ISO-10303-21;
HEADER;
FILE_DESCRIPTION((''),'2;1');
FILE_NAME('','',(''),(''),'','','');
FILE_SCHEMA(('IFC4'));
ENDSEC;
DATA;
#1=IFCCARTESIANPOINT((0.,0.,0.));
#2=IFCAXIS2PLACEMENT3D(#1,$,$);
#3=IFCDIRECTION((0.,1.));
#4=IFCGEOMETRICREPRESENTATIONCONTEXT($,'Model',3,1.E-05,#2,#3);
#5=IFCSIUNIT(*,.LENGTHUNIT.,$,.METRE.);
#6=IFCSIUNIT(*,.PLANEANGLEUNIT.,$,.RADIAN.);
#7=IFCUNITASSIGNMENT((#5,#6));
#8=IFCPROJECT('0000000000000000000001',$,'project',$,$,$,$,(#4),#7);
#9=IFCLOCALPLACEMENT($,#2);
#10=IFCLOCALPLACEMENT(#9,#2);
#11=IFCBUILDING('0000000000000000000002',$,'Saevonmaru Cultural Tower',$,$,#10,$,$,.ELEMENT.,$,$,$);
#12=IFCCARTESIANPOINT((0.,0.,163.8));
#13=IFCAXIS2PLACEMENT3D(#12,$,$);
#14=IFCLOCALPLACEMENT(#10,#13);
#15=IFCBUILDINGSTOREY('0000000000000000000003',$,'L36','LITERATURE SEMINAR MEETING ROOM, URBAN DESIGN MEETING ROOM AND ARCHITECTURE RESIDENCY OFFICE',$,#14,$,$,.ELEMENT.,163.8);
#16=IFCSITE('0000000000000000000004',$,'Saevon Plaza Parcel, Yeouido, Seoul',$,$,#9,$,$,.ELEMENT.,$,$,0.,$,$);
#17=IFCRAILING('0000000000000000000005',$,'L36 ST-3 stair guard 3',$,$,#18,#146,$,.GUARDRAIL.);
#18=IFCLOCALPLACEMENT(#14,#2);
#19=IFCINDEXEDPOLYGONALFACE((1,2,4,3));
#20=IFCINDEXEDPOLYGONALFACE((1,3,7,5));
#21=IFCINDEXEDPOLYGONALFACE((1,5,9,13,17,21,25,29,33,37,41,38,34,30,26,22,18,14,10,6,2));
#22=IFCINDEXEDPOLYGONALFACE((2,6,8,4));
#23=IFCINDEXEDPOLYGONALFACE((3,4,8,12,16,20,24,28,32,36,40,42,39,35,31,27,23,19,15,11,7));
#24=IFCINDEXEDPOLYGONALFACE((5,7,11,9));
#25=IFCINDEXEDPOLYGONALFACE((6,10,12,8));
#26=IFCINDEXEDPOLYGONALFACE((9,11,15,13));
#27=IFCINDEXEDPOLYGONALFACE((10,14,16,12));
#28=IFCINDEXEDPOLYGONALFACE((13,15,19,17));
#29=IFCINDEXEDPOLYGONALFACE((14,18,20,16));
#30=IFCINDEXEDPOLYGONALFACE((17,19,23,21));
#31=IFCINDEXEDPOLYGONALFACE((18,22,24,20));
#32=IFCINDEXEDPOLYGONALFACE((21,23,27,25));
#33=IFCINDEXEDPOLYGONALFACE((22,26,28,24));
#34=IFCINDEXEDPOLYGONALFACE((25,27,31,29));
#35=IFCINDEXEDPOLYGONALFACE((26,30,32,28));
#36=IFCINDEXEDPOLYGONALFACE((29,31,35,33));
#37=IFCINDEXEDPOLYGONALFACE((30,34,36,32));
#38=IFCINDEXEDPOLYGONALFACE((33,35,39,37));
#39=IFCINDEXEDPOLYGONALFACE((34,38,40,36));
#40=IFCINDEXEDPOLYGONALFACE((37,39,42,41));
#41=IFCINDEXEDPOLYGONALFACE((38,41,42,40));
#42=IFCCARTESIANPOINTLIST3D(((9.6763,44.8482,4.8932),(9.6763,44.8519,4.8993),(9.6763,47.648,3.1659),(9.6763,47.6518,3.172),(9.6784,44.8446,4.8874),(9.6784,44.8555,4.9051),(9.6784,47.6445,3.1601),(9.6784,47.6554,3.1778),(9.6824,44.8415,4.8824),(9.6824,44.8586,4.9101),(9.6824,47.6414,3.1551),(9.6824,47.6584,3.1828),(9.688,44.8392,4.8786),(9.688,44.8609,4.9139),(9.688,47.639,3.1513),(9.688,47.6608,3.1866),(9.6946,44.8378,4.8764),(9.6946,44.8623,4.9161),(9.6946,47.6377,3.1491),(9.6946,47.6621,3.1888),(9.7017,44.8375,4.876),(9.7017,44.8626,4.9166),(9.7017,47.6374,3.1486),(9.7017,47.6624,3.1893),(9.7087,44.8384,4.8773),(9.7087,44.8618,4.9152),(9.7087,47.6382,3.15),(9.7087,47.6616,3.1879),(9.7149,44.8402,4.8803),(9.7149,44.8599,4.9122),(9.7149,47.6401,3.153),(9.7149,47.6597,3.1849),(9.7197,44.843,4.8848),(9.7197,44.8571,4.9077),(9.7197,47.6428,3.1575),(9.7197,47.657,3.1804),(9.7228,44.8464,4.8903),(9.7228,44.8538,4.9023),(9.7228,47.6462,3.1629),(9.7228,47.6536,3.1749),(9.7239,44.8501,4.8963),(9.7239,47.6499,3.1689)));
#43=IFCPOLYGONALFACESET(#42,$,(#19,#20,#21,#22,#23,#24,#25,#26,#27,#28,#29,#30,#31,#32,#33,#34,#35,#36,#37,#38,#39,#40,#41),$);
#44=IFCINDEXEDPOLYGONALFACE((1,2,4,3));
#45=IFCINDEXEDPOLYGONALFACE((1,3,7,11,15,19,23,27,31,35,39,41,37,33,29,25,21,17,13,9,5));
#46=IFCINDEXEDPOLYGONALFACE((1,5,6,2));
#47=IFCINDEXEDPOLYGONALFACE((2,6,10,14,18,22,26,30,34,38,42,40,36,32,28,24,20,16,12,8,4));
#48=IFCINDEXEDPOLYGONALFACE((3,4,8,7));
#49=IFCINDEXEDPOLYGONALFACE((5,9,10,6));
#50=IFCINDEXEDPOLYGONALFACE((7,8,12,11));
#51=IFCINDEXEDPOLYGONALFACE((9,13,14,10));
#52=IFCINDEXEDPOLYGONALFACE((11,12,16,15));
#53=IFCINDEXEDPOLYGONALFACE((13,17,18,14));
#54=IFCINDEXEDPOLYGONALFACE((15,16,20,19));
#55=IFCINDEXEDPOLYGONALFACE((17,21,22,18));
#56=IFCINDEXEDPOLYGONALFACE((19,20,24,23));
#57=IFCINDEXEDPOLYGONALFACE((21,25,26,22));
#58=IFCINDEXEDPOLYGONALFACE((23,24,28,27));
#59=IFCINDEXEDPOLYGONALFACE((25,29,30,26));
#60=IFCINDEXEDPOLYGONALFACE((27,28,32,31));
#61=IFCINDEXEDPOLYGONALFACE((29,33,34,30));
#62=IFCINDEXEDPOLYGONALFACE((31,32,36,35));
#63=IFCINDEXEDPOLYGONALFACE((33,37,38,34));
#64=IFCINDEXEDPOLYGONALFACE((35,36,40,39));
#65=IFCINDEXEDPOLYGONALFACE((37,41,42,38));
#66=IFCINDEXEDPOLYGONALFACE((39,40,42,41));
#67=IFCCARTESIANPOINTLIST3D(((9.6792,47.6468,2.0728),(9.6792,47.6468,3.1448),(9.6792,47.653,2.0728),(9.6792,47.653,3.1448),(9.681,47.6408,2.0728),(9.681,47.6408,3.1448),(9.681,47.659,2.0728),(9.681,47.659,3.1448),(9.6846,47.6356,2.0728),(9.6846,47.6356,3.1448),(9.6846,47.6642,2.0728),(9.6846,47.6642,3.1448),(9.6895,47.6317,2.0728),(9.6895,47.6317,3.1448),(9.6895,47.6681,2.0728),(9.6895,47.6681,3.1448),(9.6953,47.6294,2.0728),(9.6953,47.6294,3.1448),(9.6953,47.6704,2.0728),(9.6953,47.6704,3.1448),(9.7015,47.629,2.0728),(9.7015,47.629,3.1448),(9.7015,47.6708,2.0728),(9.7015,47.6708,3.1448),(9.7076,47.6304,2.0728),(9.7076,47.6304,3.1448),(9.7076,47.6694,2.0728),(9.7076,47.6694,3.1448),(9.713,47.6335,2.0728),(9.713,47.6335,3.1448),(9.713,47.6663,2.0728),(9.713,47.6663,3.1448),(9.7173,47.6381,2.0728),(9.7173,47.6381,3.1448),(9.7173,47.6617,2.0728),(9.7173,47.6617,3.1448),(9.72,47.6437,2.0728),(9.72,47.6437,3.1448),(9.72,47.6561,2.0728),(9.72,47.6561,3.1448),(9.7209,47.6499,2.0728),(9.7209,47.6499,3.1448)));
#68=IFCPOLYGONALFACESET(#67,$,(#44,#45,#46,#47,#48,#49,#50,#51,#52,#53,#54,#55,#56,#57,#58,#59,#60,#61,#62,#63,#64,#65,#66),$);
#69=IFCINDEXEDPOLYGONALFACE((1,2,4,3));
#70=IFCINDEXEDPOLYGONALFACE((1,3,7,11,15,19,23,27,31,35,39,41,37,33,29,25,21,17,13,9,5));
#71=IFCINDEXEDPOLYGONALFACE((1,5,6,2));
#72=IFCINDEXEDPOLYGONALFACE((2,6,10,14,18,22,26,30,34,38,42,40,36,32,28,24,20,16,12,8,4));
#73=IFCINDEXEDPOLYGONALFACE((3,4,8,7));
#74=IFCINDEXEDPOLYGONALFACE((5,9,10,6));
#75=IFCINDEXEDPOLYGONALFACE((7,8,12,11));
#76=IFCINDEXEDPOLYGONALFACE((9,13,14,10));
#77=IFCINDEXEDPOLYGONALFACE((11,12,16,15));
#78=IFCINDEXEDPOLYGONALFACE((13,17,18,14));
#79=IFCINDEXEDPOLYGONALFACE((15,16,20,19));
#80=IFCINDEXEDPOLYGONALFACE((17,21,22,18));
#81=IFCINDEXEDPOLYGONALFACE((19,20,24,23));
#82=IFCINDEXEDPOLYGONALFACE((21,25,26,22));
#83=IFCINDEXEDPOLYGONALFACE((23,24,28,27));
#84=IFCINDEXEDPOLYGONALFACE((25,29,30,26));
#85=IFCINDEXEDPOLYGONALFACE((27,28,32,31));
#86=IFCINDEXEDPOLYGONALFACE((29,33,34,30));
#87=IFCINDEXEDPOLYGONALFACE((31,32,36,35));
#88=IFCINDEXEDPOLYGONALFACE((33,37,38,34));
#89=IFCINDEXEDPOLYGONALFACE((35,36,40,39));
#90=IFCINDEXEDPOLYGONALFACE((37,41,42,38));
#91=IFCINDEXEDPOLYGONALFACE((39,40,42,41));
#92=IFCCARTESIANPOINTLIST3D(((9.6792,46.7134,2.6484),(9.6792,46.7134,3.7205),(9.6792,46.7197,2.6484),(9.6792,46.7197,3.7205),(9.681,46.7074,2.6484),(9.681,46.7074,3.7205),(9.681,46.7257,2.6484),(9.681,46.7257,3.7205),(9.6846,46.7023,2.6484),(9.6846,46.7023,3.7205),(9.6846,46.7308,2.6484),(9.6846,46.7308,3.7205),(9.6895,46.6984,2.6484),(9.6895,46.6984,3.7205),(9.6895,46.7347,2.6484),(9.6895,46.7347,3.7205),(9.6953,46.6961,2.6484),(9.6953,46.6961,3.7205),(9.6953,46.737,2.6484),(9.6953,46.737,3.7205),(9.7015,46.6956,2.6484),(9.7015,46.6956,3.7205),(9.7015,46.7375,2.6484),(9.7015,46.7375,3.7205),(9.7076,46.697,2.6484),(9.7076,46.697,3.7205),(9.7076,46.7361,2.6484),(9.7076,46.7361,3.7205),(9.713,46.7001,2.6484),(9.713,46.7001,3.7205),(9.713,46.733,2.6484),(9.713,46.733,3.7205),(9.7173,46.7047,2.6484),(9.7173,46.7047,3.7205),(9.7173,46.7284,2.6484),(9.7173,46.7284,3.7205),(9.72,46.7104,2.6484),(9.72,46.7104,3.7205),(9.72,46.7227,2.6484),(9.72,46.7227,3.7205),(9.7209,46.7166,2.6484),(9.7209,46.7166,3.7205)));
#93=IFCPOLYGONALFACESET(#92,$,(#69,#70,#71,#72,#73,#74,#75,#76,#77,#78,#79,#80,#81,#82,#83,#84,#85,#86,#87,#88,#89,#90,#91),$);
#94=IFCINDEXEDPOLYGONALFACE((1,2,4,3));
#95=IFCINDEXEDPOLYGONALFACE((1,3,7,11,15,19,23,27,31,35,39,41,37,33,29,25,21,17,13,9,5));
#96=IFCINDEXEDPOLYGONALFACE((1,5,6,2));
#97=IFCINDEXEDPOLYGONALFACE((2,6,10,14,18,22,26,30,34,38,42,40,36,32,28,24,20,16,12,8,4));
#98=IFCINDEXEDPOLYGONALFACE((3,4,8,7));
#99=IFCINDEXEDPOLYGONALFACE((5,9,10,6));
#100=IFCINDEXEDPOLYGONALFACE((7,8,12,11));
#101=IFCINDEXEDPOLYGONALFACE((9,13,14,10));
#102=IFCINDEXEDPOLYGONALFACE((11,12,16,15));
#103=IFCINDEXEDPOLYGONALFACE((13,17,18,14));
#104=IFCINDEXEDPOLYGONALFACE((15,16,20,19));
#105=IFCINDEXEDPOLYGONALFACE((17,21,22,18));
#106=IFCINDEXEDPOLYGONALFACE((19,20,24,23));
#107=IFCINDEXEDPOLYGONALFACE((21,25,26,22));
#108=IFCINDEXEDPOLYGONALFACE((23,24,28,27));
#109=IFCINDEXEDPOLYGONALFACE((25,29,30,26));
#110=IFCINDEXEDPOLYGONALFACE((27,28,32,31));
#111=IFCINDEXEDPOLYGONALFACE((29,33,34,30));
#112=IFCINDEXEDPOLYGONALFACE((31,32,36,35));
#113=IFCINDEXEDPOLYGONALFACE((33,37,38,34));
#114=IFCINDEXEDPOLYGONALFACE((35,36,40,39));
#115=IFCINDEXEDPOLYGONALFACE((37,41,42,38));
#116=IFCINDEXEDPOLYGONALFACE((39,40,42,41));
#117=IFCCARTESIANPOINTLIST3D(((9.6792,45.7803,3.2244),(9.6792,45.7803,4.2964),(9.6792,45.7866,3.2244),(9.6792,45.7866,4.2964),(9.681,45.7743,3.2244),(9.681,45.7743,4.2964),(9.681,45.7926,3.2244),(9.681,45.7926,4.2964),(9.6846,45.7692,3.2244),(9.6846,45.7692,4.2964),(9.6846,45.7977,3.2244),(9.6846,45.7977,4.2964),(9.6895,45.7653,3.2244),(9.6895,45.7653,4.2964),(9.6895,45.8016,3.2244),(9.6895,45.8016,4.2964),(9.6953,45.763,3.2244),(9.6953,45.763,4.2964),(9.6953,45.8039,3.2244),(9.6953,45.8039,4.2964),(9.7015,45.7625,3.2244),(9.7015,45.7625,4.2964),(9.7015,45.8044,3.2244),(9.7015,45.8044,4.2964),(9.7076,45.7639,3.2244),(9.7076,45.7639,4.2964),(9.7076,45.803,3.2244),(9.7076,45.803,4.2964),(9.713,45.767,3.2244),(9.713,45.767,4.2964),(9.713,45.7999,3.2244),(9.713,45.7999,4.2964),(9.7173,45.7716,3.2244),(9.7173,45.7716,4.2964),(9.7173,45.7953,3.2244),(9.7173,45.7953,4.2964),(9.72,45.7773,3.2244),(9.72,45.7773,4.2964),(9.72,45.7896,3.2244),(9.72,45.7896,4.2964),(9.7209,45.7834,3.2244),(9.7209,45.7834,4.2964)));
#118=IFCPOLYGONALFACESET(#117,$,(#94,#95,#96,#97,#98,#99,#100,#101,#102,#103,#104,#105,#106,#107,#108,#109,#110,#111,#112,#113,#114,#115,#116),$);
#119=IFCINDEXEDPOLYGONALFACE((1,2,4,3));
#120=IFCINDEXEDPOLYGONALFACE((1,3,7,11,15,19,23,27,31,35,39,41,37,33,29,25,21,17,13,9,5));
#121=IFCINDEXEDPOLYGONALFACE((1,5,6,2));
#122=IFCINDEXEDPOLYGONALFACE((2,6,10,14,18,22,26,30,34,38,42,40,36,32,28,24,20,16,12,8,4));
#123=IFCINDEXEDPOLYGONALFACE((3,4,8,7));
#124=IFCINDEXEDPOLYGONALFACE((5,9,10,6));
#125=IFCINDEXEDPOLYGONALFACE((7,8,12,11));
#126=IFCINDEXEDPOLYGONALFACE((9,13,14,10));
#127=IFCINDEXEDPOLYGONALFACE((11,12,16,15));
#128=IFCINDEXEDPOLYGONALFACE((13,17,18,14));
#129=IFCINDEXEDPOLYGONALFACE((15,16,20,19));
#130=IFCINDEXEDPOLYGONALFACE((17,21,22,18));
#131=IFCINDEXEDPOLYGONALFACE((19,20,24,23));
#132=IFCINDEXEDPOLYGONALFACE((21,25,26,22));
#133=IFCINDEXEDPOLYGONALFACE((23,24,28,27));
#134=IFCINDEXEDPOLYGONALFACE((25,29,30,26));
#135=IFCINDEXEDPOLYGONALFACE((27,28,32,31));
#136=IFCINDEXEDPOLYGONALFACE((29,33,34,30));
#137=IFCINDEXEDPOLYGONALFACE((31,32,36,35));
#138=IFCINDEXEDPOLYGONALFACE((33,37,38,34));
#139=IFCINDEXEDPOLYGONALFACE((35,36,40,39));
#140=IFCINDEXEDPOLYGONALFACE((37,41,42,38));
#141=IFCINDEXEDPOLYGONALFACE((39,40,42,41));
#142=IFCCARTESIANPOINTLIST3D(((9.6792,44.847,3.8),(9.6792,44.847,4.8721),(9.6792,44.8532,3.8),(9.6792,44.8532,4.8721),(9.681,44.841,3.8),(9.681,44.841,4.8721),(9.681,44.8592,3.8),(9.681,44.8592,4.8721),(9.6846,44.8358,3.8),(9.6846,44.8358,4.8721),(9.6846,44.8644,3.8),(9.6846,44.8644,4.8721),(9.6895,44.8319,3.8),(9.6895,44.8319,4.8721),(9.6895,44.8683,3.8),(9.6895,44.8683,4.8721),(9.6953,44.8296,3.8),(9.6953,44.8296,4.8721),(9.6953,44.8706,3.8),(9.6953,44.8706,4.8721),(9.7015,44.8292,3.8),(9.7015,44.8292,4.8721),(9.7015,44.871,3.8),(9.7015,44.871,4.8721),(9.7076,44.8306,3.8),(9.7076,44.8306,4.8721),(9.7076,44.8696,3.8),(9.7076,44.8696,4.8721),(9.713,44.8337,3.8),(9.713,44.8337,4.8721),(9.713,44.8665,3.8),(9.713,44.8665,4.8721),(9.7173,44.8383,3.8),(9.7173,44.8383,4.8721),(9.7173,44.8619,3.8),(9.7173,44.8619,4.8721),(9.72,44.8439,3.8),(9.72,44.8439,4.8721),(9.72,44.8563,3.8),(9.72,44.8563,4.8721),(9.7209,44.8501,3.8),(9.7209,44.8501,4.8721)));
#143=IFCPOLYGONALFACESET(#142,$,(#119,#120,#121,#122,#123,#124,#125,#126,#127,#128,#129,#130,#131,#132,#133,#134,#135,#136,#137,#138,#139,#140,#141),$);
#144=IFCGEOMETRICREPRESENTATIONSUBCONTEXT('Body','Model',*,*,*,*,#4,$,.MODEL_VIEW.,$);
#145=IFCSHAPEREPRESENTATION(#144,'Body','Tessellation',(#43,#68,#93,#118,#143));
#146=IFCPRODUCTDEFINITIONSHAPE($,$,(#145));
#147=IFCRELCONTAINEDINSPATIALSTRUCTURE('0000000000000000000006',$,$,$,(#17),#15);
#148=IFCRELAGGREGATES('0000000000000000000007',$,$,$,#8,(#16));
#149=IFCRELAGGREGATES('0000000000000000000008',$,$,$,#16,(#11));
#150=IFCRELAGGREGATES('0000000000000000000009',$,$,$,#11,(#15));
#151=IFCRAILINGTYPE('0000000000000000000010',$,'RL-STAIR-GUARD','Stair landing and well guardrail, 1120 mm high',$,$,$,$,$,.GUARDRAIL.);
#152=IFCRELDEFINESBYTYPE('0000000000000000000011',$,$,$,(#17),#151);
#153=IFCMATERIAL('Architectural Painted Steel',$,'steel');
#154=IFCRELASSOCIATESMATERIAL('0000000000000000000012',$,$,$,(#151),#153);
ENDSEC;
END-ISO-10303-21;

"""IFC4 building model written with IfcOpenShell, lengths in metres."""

from ifc_helpers import new_model, si_unit, direction, frame, origin, origin_2d, place, context, subcontext, project, spatial, circle, extrude, material, type_object, element, save


model = new_model("IFC4")

# Units and contexts
model_context = context("Model", 3, precision=1e-05, world=origin(), true_north=direction((0.0, 1.0)))
body_context = subcontext(model_context, "Body", "Model", "MODEL_VIEW")
ifc_project = project(units=[si_unit("LENGTHUNIT", "METRE"), si_unit("PLANEANGLEUNIT", "RADIAN")], contexts=[model_context])

# Site, building, storey
site_placement = place(None, origin())
site = spatial("IfcSite", under=ifc_project, at=site_placement, Name="Saevon Plaza Parcel, Yeouido, Seoul", CompositionType="ELEMENT", RefElevation=0.0)
building_placement = place(site_placement, origin())
building = spatial("IfcBuilding", under=site, at=building_placement, Name="Saevonmaru Cultural Tower", CompositionType="ELEMENT")
storey_placement = place(building_placement, frame((0.0, 0.0, 163.8)))
storey = spatial("IfcBuildingStorey", under=building, at=storey_placement, Name="L36", Description="LITERATURE SEMINAR MEETING ROOM, URBAN DESIGN MEETING ROOM AND ARCHITECTURE RESIDENCY OFFICE", CompositionType="ELEMENT", Elevation=163.8)

# Railing
ifc_material_1 = material(Name="Architectural Painted Steel", Category="steel")
railing_type_1 = type_object("IfcRailingType", Name="RL-STAIR-GUARD", Description="Stair landing and well guardrail, 1120 mm high", PredefinedType="GUARDRAIL", material=ifc_material_1)
railing_1_placement = place(storey_placement, frame((9.7, 47.6499, 2.0728)))
element("IfcRailing", 1, at=railing_1_placement, inside=storey, type_object=railing_type_1, Name="L36 ST-3 stair guard 3", PredefinedType="GUARDRAIL", context=body_context, shape_type="SweptSolid", body=[
    extrude(circle(Radius=0.0239, at=origin_2d()), frame((0.0, 0.0, 1.0962), z_axis=(0.0, -0.851069, 0.525054), x_axis=(1.0, 0.0, 0.0)), (0.0, 0.0, 1.0), 3.2898),
    extrude(circle(Radius=0.021, at=origin_2d()), origin(), (0.0, 0.0, 1.0), 1.072),
    extrude(circle(Radius=0.021, at=origin_2d()), frame((0.0, -0.9333, 0.5757)), (0.0, 0.0, 1.0), 1.072),
    extrude(circle(Radius=0.021, at=origin_2d()), frame((0.0, -1.8665, 1.1516)), (0.0, 0.0, 1.0), 1.072),
    extrude(circle(Radius=0.021, at=origin_2d()), frame((0.0, -2.7998, 1.7273)), (0.0, 0.0, 1.0), 1.072),
])

save(model, "model.ifc")
